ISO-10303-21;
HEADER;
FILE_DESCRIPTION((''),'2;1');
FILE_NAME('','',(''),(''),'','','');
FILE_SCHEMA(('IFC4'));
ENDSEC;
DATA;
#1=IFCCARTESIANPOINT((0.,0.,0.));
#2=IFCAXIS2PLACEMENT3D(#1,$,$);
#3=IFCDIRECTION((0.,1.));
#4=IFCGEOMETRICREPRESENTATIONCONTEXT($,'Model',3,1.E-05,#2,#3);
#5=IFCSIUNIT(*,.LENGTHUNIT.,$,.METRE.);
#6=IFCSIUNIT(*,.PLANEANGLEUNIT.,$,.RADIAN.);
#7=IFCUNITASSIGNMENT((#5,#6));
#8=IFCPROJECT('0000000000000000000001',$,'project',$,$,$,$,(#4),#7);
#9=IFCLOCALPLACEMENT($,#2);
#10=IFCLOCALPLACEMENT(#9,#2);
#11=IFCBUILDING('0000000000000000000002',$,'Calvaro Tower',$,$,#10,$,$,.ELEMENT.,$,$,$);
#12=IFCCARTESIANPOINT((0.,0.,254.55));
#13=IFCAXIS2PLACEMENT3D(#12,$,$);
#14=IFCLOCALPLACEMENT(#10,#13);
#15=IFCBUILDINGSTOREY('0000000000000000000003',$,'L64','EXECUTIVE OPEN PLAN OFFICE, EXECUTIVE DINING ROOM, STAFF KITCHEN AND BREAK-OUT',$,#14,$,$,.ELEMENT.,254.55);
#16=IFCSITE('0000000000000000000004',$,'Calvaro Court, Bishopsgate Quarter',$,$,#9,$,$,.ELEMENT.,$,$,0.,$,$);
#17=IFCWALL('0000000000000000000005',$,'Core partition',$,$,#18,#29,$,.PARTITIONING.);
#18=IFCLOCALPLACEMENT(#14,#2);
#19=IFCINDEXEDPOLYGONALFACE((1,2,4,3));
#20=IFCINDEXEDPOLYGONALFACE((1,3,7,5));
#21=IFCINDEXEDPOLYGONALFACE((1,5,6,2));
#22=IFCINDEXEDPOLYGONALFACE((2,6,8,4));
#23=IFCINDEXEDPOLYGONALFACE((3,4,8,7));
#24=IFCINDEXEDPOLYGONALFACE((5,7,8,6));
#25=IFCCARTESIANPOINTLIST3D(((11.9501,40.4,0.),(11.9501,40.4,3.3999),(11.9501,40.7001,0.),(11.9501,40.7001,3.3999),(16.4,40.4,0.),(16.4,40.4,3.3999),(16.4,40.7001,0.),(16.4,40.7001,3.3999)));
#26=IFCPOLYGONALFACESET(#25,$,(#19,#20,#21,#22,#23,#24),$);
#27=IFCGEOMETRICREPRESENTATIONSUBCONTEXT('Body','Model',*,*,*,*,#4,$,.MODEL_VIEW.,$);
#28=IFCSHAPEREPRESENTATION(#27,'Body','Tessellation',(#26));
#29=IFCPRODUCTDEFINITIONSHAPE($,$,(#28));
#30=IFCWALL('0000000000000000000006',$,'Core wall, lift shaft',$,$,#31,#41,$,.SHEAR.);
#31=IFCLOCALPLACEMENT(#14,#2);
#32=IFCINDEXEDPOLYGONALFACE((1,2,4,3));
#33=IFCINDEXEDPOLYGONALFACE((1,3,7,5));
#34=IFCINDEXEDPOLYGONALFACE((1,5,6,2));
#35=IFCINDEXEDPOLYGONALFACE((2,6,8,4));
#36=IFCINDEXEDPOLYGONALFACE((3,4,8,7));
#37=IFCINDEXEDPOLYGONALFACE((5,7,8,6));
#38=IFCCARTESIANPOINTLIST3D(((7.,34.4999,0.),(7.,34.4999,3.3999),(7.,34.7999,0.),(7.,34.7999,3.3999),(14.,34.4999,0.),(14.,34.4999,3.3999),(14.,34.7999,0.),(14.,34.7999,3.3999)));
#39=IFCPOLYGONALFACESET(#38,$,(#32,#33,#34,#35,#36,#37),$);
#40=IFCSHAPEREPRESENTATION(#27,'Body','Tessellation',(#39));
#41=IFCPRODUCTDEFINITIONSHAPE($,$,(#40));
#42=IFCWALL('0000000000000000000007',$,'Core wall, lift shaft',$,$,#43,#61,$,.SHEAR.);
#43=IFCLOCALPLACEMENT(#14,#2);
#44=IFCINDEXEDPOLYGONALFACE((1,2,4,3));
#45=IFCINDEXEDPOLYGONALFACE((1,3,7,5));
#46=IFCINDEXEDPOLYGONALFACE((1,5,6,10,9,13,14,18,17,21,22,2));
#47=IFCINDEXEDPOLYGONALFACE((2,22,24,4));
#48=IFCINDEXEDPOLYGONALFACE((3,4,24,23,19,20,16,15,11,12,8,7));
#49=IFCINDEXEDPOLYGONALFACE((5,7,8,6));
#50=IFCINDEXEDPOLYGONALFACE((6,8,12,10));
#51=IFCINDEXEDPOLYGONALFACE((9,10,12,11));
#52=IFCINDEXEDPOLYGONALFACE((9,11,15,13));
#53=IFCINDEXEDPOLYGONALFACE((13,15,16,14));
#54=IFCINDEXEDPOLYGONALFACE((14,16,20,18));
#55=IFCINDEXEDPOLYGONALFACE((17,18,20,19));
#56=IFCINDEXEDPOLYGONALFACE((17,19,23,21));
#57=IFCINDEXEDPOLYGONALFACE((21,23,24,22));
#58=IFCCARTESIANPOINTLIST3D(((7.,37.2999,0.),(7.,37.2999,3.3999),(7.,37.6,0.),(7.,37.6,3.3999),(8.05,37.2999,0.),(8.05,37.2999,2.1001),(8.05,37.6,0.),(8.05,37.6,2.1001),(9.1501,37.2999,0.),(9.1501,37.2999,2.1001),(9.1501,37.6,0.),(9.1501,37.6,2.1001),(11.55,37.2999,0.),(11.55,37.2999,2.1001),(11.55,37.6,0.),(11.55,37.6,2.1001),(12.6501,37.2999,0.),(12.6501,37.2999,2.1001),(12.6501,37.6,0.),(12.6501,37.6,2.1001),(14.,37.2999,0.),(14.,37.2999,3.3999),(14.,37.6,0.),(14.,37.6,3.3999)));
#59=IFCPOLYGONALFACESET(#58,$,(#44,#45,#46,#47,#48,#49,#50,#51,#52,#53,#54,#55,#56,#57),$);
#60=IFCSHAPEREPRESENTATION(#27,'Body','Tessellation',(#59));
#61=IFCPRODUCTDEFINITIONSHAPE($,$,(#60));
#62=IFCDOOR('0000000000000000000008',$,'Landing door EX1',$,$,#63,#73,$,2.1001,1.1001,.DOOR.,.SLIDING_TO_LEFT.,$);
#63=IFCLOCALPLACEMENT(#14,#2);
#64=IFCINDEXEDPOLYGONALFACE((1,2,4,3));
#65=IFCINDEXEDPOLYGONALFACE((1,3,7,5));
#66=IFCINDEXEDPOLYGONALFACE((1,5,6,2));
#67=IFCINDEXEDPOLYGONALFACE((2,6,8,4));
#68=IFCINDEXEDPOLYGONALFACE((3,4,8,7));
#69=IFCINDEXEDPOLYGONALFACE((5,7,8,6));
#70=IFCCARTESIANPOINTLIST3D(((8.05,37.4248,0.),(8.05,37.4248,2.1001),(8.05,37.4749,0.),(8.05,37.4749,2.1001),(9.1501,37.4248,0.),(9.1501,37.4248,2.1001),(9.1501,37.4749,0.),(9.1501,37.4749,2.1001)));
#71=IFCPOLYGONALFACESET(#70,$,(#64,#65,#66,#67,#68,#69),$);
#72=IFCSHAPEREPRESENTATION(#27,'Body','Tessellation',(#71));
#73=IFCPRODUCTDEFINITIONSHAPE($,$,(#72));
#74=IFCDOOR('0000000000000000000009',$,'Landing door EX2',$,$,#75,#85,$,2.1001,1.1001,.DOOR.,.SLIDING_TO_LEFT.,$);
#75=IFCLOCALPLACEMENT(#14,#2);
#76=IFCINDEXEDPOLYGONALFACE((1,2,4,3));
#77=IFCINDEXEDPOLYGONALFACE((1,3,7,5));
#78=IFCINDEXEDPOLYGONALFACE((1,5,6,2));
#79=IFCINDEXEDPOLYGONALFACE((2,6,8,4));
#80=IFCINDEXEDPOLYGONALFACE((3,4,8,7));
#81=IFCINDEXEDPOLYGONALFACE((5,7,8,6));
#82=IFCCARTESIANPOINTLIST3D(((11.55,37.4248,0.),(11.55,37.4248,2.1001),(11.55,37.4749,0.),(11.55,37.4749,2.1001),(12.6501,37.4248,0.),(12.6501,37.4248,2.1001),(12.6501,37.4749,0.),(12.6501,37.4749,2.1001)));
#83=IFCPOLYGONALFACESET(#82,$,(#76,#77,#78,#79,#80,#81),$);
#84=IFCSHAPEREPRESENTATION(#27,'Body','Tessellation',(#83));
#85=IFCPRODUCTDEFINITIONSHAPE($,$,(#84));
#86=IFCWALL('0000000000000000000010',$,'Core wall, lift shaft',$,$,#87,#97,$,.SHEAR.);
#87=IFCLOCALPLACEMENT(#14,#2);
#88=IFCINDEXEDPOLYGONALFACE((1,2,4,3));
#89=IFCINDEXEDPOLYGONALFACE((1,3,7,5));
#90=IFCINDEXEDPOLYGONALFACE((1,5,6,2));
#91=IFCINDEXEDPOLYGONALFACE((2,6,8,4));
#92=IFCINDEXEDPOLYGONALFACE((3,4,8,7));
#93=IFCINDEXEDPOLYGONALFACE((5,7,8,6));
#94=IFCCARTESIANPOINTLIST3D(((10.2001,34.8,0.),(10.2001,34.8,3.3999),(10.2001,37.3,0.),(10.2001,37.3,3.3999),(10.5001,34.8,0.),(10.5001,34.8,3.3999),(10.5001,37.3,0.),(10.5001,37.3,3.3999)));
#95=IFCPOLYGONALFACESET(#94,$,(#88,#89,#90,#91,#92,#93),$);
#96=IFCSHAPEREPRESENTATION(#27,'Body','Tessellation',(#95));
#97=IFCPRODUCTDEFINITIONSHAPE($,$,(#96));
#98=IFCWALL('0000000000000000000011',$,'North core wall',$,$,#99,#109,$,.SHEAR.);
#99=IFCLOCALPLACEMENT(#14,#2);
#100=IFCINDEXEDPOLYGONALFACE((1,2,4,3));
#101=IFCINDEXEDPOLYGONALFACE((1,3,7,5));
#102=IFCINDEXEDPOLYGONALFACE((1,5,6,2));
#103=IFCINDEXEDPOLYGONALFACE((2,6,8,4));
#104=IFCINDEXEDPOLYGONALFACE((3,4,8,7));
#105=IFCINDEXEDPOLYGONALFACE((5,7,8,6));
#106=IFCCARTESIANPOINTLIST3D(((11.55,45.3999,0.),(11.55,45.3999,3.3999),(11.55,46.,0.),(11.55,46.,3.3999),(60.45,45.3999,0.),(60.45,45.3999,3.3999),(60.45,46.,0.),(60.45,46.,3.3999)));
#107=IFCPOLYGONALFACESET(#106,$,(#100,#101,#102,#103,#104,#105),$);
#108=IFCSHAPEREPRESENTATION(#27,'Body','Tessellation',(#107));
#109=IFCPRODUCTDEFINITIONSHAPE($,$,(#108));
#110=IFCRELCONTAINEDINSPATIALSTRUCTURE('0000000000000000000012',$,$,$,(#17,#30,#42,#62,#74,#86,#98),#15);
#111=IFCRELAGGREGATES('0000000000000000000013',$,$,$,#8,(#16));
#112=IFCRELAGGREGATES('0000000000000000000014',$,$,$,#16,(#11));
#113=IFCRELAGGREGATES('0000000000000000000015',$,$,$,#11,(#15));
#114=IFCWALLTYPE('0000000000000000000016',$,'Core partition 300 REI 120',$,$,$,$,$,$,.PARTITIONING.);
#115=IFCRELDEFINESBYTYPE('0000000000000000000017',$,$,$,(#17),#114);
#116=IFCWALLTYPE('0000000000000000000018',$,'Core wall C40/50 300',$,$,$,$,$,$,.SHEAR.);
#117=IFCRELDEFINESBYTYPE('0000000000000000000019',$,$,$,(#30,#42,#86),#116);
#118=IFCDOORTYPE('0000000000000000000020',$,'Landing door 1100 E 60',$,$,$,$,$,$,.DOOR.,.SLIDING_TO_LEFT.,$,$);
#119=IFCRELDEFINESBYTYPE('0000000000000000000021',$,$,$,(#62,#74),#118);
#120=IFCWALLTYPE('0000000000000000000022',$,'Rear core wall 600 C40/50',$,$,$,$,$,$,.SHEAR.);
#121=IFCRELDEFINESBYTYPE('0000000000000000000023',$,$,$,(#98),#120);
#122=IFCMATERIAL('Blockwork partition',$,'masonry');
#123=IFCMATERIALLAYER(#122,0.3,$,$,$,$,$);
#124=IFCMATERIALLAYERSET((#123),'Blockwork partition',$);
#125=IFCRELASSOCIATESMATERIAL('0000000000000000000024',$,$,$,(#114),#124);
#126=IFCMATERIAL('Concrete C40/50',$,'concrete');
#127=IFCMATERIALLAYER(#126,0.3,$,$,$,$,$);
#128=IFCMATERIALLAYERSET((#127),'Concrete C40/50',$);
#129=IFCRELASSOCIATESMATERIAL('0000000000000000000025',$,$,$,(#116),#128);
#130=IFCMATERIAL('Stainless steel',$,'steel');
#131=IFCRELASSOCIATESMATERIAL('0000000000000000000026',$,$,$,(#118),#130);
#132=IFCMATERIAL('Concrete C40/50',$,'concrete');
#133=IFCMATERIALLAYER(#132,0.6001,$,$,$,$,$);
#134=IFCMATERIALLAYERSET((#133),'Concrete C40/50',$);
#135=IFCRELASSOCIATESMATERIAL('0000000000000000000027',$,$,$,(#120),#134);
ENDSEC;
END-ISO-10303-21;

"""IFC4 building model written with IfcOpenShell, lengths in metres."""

from ifc_helpers import new_model, si_unit, direction, frame, frame_2d, origin, place, context, subcontext, project, spatial, rectangle, extrude, material, layer, layer_set, type_object, element, fill, save


model = new_model("IFC4")

# Units and contexts
model_context = context("Model", 3, precision=1e-05, world=origin(), true_north=direction((0.0, 1.0)))
body_context = subcontext(model_context, "Body", "Model", "MODEL_VIEW")
ifc_project = project(units=[si_unit("LENGTHUNIT", "METRE"), si_unit("PLANEANGLEUNIT", "RADIAN")], contexts=[model_context])

# Site, building, storey
site_placement = place(None, origin())
site = spatial("IfcSite", under=ifc_project, at=site_placement, Name="Calvaro Court, Bishopsgate Quarter", CompositionType="ELEMENT", RefElevation=0.0)
building_placement = place(site_placement, origin())
building = spatial("IfcBuilding", under=site, at=building_placement, Name="Calvaro Tower", CompositionType="ELEMENT")
storey_placement = place(building_placement, frame((0.0, 0.0, 254.55)))
storey = spatial("IfcBuildingStorey", under=building, at=storey_placement, Name="L64", Description="EXECUTIVE OPEN PLAN OFFICE, EXECUTIVE DINING ROOM, STAFF KITCHEN AND BREAK-OUT", CompositionType="ELEMENT", Elevation=254.55)

# Walls
ifc_material_1 = material(Name="Blockwork partition", Category="masonry")
ifc_layer_1 = layer(ifc_material_1, 0.3)
ifc_layer_set_1 = layer_set([ifc_layer_1], Name="Blockwork partition")
wall_type_1 = type_object("IfcWallType", Name="Core partition 300 REI 120", PredefinedType="PARTITIONING", material=ifc_layer_set_1)
wall_1_placement = place(storey_placement, frame((11.95, 40.55, 0.0), z_axis=(0.0, 0.0, 1.0), x_axis=(1.0, 0.0, 0.0)))
element("IfcWall", 1, at=wall_1_placement, inside=storey, type_object=wall_type_1, Name="Core partition", PredefinedType="PARTITIONING", context=body_context, shape_type="SweptSolid", body=[
    extrude(rectangle(XDim=4.45, YDim=0.3, at=frame_2d((2.2251, 0.0))), origin(), (0.0, 0.0, 1.0), 3.3999),
])
ifc_material_2 = material(Name="Concrete C40/50", Category="concrete")
ifc_layer_2 = layer(ifc_material_2, 0.3)
ifc_layer_set_2 = layer_set([ifc_layer_2], Name="Concrete C40/50")
wall_type_2 = type_object("IfcWallType", Name="Core wall C40/50 300", PredefinedType="SHEAR", material=ifc_layer_set_2)
wall_2_placement = place(storey_placement, frame((7.0, 34.6499, 0.0), z_axis=(0.0, 0.0, 1.0), x_axis=(1.0, 0.0, 0.0)))
element("IfcWall", 2, at=wall_2_placement, inside=storey, type_object=wall_type_2, Name="Core wall, lift shaft", PredefinedType="SHEAR", context=body_context, shape_type="SweptSolid", body=[
    extrude(rectangle(XDim=7.0, YDim=0.3, at=frame_2d((3.5, 0.0))), origin(), (0.0, 0.0, 1.0), 3.3999),
])

# Wall, openings, doors
wall_3_placement = place(storey_placement, frame((7.0, 37.45, 0.0), z_axis=(0.0, 0.0, 1.0), x_axis=(1.0, 0.0, 0.0)))
wall_3 = element("IfcWall", 3, at=wall_3_placement, inside=storey, type_object=wall_type_2, Name="Core wall, lift shaft", PredefinedType="SHEAR", context=body_context, shape_type="SweptSolid", body=[
    extrude(rectangle(XDim=7.0, YDim=0.3, at=frame_2d((3.5, 0.0))), origin(), (0.0, 0.0, 1.0), 3.3999),
])
opening_1_placement = place(wall_3_placement, frame((1.05, 0.0, 0.0)))
opening_1 = element("IfcOpeningElement", 4, at=opening_1_placement, cuts=wall_3, PredefinedType="OPENING", context=body_context, shape_type="SweptSolid", body=[
    extrude(rectangle(XDim=1.1001, YDim=2.1001, at=frame_2d((0.55, 1.05))), frame((0.0, 0.1599, 0.0), z_axis=(0.0, -1.0, 0.0), x_axis=(1.0, 0.0, 0.0)), (0.0, 0.0, 1.0), 0.3201),
])
opening_2_placement = place(wall_3_placement, frame((4.55, 0.0, 0.0)))
opening_2 = element("IfcOpeningElement", 5, at=opening_2_placement, cuts=wall_3, PredefinedType="OPENING", context=body_context, shape_type="SweptSolid", body=[
    extrude(rectangle(XDim=1.1001, YDim=2.1001, at=frame_2d((0.55, 1.05))), frame((0.0, 0.1599, 0.0), z_axis=(0.0, -1.0, 0.0), x_axis=(1.0, 0.0, 0.0)), (0.0, 0.0, 1.0), 0.3201),
])
ifc_material_3 = material(Name="Stainless steel", Category="steel")
door_type_1 = type_object("IfcDoorType", Name="Landing door 1100 E 60", OperationType="SLIDING_TO_LEFT", PredefinedType="DOOR", material=ifc_material_3)
door_1_placement = place(opening_1_placement, origin())
door_1 = element("IfcDoor", 6, at=door_1_placement, inside=storey, type_object=door_type_1, Name="Landing door EX1", OperationType="SLIDING_TO_LEFT", OverallHeight=2.1001, OverallWidth=1.1001, PredefinedType="DOOR", context=body_context, shape_type="SweptSolid", body=[
    extrude(rectangle(XDim=1.1001, YDim=2.1001, at=frame_2d((0.55, 1.05))), frame((0.0, 0.0249, 0.0), z_axis=(0.0, -1.0, 0.0), x_axis=(1.0, 0.0, 0.0)), (0.0, 0.0, 1.0), 0.05),
])
fill(opening_1, door_1)
door_2_placement = place(opening_2_placement, origin())
door_2 = element("IfcDoor", 7, at=door_2_placement, inside=storey, type_object=door_type_1, Name="Landing door EX2", OperationType="SLIDING_TO_LEFT", OverallHeight=2.1001, OverallWidth=1.1001, PredefinedType="DOOR", context=body_context, shape_type="SweptSolid", body=[
    extrude(rectangle(XDim=1.1001, YDim=2.1001, at=frame_2d((0.55, 1.05))), frame((0.0, 0.0249, 0.0), z_axis=(0.0, -1.0, 0.0), x_axis=(1.0, 0.0, 0.0)), (0.0, 0.0, 1.0), 0.05),
])
fill(opening_2, door_2)

# Walls
wall_4_placement = place(storey_placement, frame((10.3501, 34.8, 0.0), z_axis=(0.0, 0.0, 1.0), x_axis=(0.0, 1.0, 0.0)))
element("IfcWall", 8, at=wall_4_placement, inside=storey, type_object=wall_type_2, Name="Core wall, lift shaft", PredefinedType="SHEAR", context=body_context, shape_type="SweptSolid", body=[
    extrude(rectangle(XDim=2.5, YDim=0.3, at=frame_2d((1.25, 0.0))), origin(), (0.0, 0.0, 1.0), 3.3999),
])
ifc_material_4 = material(Name="Concrete C40/50", Category="concrete")
ifc_layer_3 = layer(ifc_material_4, 0.6001)
ifc_layer_set_3 = layer_set([ifc_layer_3], Name="Concrete C40/50")
wall_type_3 = type_object("IfcWallType", Name="Rear core wall 600 C40/50", PredefinedType="SHEAR", material=ifc_layer_set_3)
wall_5_placement = place(storey_placement, frame((11.55, 45.7, 0.0), z_axis=(0.0, 0.0, 1.0), x_axis=(1.0, 0.0, 0.0)))
element("IfcWall", 9, at=wall_5_placement, inside=storey, type_object=wall_type_3, Name="North core wall", PredefinedType="SHEAR", context=body_context, shape_type="SweptSolid", body=[
    extrude(rectangle(XDim=48.8999, YDim=0.6001, at=frame_2d((24.45, 0.0))), origin(), (0.0, 0.0, 1.0), 3.3999),
])

save(model, "model.ifc")
